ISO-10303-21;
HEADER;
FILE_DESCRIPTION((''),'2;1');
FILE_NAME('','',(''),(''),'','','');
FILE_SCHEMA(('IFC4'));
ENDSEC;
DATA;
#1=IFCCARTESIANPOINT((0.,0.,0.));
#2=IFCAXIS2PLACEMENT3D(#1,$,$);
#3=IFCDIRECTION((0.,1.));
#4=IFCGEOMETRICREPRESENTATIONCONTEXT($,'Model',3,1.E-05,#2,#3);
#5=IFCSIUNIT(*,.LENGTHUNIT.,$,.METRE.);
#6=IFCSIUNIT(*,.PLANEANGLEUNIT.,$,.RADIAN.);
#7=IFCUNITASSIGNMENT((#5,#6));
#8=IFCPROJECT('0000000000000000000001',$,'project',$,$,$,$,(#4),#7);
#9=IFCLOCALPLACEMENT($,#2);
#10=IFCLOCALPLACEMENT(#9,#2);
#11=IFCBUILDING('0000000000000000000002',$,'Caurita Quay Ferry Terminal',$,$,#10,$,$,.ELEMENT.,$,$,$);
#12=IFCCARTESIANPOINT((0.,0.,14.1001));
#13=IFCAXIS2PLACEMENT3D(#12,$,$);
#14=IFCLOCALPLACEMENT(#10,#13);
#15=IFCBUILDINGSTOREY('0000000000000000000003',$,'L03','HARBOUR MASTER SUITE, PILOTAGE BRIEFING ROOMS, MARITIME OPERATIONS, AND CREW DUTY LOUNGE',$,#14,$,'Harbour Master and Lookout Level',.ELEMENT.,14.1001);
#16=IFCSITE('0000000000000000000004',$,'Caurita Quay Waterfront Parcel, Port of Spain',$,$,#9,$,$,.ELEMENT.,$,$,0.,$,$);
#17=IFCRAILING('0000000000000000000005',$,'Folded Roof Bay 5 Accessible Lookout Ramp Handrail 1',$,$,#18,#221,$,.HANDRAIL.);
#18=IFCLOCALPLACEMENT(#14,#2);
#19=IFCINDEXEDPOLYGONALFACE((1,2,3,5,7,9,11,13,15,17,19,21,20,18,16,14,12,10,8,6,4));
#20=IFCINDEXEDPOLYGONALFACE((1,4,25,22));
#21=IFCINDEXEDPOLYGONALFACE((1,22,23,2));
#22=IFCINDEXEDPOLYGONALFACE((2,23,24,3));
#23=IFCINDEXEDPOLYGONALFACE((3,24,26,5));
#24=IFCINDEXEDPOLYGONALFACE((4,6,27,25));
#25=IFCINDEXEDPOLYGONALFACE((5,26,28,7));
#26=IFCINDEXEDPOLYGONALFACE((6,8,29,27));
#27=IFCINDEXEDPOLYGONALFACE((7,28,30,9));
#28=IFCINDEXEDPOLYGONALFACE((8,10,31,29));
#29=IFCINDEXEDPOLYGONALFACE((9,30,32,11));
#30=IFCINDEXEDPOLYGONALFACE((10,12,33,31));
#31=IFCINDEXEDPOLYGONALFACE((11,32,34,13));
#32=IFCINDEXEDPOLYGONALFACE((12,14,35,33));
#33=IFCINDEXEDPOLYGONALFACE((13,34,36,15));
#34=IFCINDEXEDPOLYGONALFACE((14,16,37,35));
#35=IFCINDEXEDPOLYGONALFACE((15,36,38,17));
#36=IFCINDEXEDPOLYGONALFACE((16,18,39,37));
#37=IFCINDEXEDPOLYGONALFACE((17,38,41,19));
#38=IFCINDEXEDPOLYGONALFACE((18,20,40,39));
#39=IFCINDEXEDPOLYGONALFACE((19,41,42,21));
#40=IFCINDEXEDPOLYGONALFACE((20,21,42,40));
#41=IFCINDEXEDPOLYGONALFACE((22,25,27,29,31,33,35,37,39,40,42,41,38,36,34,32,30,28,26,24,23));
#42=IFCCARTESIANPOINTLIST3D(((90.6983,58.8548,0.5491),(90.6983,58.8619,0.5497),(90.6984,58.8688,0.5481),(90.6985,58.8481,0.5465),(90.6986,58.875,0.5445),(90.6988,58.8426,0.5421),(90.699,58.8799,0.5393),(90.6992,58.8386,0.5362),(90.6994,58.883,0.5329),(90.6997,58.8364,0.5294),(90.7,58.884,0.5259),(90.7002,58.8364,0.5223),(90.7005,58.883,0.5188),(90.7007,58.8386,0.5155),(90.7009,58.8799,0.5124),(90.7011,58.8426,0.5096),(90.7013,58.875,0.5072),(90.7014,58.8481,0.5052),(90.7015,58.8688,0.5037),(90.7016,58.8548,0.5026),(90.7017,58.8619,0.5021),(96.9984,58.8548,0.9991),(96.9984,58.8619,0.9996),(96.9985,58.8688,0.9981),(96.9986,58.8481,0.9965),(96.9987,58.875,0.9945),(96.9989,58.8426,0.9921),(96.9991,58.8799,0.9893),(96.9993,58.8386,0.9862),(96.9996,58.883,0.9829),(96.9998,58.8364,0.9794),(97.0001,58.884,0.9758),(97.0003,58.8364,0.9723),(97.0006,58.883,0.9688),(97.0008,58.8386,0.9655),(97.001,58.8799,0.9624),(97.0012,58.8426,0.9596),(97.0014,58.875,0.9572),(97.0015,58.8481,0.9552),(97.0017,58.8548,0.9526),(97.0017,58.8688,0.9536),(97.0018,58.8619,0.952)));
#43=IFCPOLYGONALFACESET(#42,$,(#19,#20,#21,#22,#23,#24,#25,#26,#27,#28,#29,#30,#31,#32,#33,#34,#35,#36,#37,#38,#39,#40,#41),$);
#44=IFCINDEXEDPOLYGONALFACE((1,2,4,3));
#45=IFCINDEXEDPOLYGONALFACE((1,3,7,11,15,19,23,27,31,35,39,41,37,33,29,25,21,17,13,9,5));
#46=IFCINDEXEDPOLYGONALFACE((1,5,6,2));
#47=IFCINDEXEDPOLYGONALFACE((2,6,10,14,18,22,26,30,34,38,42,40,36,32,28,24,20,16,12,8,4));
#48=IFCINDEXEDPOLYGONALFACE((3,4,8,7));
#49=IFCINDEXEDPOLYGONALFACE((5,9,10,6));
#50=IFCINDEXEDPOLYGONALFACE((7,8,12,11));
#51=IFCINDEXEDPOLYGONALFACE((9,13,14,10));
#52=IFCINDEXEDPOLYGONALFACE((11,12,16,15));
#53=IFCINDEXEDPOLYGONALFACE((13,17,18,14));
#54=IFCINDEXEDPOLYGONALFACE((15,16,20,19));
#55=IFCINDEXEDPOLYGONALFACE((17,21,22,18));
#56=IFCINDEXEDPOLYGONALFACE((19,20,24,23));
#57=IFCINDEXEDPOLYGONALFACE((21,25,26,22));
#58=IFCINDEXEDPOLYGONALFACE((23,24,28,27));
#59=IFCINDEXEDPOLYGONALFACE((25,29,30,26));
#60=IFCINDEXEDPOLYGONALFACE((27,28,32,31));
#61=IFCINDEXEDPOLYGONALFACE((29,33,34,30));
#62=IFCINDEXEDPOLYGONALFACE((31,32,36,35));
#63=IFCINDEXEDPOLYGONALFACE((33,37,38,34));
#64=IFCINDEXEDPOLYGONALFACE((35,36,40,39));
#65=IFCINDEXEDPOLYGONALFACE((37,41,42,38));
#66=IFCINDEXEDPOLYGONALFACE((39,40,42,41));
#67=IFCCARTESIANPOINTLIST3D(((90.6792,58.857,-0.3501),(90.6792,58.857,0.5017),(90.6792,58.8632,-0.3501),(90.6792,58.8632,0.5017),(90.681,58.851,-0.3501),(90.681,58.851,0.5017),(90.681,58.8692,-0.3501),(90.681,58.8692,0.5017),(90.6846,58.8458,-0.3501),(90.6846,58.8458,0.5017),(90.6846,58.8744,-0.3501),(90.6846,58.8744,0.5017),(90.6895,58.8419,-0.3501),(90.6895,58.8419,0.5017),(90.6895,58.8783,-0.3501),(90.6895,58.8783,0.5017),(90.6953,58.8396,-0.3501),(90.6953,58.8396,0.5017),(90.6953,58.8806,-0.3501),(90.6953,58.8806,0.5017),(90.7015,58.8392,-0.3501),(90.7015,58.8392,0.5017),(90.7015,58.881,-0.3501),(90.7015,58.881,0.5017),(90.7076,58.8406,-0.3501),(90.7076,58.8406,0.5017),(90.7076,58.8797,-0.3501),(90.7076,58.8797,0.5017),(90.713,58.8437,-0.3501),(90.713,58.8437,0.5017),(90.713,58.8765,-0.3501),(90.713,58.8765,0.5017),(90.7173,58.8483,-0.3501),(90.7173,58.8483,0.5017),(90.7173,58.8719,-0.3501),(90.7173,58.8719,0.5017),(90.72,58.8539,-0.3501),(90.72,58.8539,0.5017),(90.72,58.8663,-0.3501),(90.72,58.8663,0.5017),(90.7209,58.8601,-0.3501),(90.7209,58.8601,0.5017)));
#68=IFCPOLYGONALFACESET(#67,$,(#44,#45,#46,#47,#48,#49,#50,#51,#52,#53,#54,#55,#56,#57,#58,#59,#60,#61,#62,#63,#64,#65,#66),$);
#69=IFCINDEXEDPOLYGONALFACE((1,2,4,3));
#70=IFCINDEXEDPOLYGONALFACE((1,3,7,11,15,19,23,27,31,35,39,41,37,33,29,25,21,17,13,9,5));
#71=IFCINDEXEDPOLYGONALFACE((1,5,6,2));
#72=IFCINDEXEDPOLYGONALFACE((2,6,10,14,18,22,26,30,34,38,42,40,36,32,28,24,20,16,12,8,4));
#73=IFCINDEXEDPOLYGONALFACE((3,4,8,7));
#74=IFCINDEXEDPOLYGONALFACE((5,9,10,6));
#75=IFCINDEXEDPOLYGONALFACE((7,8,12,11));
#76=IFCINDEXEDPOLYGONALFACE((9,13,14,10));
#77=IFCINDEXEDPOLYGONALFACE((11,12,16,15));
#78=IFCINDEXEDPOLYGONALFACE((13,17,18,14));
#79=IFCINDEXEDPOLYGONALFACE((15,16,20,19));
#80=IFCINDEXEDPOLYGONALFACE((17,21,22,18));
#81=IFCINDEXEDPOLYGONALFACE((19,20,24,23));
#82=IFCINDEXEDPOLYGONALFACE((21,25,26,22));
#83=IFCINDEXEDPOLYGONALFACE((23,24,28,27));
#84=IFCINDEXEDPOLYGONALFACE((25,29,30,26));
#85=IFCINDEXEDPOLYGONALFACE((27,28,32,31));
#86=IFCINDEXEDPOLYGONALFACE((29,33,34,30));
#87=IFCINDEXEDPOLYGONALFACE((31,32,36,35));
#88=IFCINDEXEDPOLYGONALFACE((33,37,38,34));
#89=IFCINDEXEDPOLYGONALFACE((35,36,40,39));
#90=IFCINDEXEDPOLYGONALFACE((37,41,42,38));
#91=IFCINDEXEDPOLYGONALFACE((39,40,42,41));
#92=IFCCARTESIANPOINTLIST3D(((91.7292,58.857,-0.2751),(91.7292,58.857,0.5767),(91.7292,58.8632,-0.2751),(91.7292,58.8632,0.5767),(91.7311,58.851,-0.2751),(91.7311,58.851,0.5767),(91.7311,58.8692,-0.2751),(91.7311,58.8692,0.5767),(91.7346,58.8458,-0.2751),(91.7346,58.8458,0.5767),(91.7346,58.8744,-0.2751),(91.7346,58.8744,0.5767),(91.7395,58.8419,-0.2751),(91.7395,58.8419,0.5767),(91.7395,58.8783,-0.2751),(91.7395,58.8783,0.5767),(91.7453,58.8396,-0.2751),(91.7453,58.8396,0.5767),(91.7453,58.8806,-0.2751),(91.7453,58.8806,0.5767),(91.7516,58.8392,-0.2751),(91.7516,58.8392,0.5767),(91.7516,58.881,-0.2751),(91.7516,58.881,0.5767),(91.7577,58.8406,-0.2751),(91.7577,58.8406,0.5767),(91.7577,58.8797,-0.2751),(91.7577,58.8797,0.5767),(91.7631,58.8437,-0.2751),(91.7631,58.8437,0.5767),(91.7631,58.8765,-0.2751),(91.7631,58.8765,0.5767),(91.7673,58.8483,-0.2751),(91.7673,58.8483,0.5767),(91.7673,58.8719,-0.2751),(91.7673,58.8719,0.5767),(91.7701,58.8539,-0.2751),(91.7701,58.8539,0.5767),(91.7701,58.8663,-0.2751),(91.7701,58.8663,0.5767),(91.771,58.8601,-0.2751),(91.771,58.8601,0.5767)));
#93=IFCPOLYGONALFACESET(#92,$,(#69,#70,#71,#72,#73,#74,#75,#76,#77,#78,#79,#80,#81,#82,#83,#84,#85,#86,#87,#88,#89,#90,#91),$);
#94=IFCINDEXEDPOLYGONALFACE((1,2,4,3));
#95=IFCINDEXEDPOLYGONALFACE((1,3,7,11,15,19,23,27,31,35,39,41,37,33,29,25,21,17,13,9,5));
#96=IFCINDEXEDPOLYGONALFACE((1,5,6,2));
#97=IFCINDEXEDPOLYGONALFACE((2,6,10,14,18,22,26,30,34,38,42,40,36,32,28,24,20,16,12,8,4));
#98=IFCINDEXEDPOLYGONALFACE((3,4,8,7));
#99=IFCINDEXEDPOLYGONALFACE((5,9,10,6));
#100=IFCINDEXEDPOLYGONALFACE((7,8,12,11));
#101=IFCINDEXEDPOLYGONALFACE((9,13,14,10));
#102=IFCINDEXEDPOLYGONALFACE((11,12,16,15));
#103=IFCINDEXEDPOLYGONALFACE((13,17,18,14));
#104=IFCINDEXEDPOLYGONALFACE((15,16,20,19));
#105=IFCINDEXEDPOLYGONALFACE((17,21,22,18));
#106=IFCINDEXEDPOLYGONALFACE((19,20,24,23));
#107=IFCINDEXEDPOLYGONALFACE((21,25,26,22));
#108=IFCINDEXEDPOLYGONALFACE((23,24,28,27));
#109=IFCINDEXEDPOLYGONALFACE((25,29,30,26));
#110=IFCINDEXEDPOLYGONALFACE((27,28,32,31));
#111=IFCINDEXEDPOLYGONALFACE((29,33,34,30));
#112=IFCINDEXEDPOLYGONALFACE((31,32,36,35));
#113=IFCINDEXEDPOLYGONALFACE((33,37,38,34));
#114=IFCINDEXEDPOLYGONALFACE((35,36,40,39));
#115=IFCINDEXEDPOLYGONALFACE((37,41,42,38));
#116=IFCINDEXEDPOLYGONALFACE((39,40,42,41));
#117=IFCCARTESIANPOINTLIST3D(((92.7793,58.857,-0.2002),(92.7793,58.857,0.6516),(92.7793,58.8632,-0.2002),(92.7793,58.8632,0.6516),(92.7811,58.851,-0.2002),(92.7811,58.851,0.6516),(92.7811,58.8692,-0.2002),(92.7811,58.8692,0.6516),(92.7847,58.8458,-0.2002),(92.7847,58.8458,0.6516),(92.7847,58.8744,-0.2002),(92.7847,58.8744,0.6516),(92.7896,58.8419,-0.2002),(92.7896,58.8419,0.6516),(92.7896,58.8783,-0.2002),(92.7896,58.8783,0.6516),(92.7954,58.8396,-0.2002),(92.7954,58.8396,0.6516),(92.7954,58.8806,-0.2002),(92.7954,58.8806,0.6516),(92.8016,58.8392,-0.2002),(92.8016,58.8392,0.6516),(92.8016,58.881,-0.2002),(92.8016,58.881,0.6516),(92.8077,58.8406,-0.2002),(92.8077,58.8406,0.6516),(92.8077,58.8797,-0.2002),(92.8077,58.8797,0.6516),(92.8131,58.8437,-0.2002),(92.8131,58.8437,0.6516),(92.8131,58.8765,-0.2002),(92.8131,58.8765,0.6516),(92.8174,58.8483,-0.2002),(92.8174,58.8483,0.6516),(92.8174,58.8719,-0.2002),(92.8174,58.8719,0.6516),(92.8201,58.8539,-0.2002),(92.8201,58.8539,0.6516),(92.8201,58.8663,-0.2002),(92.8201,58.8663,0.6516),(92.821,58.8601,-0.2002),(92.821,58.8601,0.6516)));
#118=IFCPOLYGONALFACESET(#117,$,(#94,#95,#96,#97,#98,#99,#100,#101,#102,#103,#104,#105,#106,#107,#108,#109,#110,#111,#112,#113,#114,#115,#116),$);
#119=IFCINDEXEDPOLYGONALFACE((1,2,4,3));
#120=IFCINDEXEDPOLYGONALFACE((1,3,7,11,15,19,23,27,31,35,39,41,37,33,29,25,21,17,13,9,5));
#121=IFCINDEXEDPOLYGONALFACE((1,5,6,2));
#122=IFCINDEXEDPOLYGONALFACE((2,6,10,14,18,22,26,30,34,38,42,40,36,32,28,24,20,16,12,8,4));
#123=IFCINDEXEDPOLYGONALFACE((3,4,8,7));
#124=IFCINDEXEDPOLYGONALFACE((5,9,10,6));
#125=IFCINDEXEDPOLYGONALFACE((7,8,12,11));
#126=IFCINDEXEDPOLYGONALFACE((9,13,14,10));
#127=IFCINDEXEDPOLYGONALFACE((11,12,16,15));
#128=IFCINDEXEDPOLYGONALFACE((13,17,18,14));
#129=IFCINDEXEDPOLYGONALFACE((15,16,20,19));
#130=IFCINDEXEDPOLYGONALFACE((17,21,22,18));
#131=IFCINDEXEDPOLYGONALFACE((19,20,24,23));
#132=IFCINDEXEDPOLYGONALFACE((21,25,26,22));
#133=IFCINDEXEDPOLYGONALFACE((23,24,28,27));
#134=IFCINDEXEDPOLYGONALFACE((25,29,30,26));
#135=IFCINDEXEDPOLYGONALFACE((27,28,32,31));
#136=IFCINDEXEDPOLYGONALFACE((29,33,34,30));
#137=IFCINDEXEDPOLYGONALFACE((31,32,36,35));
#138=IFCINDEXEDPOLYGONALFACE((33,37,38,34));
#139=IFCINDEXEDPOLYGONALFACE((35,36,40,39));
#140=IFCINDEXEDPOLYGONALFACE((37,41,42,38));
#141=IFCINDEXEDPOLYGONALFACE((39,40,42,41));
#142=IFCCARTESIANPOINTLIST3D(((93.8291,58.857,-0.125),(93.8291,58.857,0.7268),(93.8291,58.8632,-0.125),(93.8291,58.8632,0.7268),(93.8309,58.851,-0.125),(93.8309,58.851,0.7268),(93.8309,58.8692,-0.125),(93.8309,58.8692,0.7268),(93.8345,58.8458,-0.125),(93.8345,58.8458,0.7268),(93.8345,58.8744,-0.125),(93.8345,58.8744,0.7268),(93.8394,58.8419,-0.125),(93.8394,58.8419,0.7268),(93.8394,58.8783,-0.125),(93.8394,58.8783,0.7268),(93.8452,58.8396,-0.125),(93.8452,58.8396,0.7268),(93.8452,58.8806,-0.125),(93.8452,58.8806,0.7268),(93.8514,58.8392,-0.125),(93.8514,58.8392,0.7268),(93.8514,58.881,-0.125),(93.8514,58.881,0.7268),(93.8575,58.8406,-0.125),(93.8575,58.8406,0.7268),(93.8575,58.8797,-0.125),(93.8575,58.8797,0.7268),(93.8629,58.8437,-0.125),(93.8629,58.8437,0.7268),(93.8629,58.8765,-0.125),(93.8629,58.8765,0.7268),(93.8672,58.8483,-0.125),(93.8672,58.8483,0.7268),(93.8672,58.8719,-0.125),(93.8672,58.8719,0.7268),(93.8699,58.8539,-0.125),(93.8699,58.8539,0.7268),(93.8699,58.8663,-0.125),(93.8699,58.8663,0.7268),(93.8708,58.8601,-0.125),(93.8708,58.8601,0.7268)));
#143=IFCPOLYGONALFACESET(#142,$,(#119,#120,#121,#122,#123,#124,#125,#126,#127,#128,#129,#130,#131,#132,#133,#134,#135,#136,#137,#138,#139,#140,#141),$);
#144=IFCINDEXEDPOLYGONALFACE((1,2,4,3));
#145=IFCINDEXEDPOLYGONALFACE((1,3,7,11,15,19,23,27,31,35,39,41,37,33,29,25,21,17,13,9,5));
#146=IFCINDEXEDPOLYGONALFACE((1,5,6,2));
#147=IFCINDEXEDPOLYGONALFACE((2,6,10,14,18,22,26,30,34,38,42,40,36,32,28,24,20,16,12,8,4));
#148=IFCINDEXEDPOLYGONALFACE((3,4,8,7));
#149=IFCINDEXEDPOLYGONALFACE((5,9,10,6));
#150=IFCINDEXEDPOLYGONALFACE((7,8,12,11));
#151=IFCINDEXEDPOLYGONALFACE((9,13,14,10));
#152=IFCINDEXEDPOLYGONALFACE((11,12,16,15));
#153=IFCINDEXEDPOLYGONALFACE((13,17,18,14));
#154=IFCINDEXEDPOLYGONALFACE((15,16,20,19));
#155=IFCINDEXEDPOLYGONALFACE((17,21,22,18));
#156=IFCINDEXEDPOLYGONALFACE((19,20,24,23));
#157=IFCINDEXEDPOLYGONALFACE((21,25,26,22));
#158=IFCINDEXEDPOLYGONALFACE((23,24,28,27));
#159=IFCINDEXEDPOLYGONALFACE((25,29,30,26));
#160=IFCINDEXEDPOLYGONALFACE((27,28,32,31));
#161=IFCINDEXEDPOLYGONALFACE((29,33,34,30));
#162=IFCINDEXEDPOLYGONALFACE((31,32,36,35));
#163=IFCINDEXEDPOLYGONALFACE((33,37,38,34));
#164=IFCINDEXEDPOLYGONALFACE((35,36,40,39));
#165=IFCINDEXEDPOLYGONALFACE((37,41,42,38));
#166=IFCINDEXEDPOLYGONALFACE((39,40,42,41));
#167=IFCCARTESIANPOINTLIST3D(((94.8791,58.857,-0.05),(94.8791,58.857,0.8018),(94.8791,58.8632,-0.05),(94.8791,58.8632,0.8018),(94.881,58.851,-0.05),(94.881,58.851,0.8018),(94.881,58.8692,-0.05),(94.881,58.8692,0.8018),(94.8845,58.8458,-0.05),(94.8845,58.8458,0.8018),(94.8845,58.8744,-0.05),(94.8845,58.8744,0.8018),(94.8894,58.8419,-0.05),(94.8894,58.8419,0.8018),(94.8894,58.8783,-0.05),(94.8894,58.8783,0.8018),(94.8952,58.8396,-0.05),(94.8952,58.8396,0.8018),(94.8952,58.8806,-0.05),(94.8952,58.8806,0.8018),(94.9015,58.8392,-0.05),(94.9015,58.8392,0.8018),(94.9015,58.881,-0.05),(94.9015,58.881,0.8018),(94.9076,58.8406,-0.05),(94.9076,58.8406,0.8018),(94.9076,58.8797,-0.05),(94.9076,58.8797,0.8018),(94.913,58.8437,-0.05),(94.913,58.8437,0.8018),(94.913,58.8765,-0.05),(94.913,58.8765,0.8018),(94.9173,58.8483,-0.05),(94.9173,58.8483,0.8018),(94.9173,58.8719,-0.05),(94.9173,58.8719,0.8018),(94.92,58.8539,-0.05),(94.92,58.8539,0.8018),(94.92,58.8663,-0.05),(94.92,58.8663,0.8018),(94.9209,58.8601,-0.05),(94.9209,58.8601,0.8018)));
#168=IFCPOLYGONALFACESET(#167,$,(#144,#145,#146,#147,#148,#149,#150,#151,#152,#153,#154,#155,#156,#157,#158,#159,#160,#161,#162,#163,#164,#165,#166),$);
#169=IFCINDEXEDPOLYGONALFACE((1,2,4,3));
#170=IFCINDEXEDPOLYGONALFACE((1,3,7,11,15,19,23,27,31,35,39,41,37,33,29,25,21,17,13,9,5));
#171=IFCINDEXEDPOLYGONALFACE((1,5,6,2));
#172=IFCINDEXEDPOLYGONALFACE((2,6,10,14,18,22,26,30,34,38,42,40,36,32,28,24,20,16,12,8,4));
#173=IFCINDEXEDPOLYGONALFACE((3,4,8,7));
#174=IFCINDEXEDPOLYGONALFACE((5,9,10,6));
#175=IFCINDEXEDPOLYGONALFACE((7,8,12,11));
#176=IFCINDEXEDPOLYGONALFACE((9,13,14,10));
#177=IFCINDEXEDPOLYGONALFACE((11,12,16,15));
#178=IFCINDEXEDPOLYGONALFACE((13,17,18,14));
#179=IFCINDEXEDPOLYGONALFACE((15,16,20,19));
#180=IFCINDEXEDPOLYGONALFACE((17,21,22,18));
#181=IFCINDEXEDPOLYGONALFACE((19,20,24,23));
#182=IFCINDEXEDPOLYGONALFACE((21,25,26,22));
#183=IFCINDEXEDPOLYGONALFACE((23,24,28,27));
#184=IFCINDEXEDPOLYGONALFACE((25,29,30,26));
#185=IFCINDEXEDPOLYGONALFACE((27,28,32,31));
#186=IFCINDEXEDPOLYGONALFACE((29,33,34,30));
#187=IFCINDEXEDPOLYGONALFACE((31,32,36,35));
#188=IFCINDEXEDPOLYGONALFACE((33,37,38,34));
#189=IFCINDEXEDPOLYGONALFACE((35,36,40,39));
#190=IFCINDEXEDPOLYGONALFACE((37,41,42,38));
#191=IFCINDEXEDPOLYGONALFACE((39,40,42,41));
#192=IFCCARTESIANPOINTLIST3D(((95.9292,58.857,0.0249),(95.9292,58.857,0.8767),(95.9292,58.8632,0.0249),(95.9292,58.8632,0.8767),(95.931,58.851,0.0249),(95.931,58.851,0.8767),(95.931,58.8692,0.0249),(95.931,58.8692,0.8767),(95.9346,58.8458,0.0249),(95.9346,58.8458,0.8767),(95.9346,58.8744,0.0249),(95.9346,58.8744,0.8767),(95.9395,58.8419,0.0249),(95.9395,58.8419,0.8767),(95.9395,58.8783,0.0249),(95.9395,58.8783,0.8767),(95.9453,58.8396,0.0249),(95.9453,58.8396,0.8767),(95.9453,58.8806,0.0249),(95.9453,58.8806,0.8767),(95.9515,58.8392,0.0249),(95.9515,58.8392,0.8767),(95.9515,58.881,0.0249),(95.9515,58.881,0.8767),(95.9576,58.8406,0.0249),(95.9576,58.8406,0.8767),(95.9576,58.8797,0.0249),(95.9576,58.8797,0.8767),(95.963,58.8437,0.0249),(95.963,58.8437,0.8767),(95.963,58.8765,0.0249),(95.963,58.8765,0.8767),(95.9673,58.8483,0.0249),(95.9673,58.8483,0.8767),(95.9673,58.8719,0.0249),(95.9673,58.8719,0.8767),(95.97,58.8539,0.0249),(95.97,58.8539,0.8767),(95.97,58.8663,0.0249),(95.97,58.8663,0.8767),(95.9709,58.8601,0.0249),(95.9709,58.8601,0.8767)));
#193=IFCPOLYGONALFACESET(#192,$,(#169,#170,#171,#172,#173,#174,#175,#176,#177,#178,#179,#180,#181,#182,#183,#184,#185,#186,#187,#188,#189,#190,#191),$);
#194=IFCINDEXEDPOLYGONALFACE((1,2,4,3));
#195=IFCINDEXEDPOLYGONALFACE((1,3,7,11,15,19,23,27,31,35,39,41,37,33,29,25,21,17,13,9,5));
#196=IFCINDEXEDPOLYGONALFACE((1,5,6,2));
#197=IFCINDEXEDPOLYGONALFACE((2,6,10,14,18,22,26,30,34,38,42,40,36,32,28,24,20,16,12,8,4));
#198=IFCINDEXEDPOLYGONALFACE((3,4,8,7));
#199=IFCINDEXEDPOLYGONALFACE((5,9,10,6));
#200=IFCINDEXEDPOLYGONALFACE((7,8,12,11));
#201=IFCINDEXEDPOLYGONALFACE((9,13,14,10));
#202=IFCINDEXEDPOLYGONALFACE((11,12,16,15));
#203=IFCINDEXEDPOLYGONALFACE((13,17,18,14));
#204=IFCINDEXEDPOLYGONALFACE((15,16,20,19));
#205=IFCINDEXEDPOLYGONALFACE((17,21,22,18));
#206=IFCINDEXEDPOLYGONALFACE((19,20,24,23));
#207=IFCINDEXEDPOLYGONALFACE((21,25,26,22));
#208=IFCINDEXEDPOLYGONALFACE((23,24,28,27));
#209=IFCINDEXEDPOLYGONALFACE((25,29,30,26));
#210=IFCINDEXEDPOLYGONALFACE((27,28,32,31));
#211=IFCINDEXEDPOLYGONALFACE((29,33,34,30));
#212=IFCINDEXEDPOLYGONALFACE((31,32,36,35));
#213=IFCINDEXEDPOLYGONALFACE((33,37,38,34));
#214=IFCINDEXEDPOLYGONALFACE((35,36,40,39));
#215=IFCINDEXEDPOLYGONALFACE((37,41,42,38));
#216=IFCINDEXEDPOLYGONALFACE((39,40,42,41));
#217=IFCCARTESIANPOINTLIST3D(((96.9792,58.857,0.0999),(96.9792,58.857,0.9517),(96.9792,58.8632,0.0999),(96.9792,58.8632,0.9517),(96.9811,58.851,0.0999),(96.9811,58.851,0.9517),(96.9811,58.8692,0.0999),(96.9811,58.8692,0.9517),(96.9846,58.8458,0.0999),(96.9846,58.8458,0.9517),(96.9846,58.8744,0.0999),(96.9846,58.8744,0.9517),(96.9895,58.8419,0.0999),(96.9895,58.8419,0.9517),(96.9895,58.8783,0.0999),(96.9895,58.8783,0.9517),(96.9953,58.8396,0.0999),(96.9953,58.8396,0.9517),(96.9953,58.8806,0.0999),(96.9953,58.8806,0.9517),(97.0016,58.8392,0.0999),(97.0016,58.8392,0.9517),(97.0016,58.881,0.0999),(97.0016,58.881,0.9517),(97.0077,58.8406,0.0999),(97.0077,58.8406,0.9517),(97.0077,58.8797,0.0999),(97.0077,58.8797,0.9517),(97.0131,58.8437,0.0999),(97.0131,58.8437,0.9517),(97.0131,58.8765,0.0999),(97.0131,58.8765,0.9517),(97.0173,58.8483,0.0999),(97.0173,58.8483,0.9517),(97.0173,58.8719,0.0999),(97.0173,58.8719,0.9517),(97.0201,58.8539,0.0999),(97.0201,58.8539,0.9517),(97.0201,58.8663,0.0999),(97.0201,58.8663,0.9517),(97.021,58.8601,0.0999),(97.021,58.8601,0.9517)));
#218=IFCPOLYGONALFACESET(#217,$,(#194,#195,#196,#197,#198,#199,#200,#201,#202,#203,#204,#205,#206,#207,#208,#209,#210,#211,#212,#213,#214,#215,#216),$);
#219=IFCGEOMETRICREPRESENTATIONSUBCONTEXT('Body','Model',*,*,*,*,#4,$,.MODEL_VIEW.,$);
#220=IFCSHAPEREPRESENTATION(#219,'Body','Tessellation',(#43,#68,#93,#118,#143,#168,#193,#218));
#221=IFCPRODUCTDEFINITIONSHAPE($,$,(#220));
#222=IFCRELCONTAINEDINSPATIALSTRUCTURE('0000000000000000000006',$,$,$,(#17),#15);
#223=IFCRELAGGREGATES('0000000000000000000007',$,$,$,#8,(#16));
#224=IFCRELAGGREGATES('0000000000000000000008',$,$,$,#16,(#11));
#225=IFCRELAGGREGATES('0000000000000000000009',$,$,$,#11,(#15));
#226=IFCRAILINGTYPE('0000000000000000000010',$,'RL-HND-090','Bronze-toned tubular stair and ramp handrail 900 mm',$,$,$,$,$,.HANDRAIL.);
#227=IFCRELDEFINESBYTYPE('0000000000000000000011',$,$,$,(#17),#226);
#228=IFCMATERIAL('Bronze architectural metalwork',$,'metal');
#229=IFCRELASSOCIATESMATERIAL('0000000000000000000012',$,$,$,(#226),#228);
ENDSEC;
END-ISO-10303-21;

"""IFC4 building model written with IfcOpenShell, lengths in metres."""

from ifc_helpers import new_model, si_unit, direction, frame, origin, origin_2d, place, context, subcontext, project, spatial, circle, extrude, material, type_object, element, save


model = new_model("IFC4")

# Units and contexts
model_context = context("Model", 3, precision=1e-05, world=origin(), true_north=direction((0.0, 1.0)))
body_context = subcontext(model_context, "Body", "Model", "MODEL_VIEW")
ifc_project = project(units=[si_unit("LENGTHUNIT", "METRE"), si_unit("PLANEANGLEUNIT", "RADIAN")], contexts=[model_context])

# Site, building, storey
site_placement = place(None, origin())
site = spatial("IfcSite", under=ifc_project, at=site_placement, Name="Caurita Quay Waterfront Parcel, Port of Spain", CompositionType="ELEMENT", RefElevation=0.0)
building_placement = place(site_placement, origin())
building = spatial("IfcBuilding", under=site, at=building_placement, Name="Caurita Quay Ferry Terminal", CompositionType="ELEMENT")
storey_placement = place(building_placement, frame((0.0, 0.0, 14.1001)))
storey = spatial("IfcBuildingStorey", under=building, at=storey_placement, Name="L03", Description="HARBOUR MASTER SUITE, PILOTAGE BRIEFING ROOMS, MARITIME OPERATIONS, AND CREW DUTY LOUNGE", LongName="Harbour Master and Lookout Level", CompositionType="ELEMENT", Elevation=14.1001)

# Railing
ifc_material_1 = material(Name="Bronze architectural metalwork", Category="metal")
railing_type_1 = type_object("IfcRailingType", Name="RL-HND-090", Description="Bronze-toned tubular stair and ramp handrail 900 mm", PredefinedType="HANDRAIL", material=ifc_material_1)
railing_1_placement = place(storey_placement, frame((90.7, 58.8601, -0.3501)))
element("IfcRailing", 1, at=railing_1_placement, inside=storey, type_object=railing_type_1, Name="Folded Roof Bay 5 Accessible Lookout Ramp Handrail 1", PredefinedType="HANDRAIL", context=body_context, shape_type="SweptSolid", body=[
    extrude(circle(Radius=0.0239, at=origin_2d()), frame((0.0, 0.0, 0.876), z_axis=(0.997459, 0.0, 0.071239), x_axis=(0.0, 1.0, 0.0)), (0.0, 0.0, 1.0), 6.3162),
    extrude(circle(Radius=0.021, at=origin_2d()), origin(), (0.0, 0.0, 1.0), 0.8518),
    extrude(circle(Radius=0.021, at=origin_2d()), frame((1.05, 0.0, 0.075)), (0.0, 0.0, 1.0), 0.8518),
    extrude(circle(Radius=0.021, at=origin_2d()), frame((2.1001, 0.0, 0.1499)), (0.0, 0.0, 1.0), 0.8518),
    extrude(circle(Radius=0.021, at=origin_2d()), frame((3.1499, 0.0, 0.2251)), (0.0, 0.0, 1.0), 0.8518),
    extrude(circle(Radius=0.021, at=origin_2d()), frame((4.2, 0.0, 0.3)), (0.0, 0.0, 1.0), 0.8518),
    extrude(circle(Radius=0.021, at=origin_2d()), frame((5.25, 0.0, 0.375)), (0.0, 0.0, 1.0), 0.8518),
    extrude(circle(Radius=0.021, at=origin_2d()), frame((6.3, 0.0, 0.45)), (0.0, 0.0, 1.0), 0.8518),
])

save(model, "model.ifc")
